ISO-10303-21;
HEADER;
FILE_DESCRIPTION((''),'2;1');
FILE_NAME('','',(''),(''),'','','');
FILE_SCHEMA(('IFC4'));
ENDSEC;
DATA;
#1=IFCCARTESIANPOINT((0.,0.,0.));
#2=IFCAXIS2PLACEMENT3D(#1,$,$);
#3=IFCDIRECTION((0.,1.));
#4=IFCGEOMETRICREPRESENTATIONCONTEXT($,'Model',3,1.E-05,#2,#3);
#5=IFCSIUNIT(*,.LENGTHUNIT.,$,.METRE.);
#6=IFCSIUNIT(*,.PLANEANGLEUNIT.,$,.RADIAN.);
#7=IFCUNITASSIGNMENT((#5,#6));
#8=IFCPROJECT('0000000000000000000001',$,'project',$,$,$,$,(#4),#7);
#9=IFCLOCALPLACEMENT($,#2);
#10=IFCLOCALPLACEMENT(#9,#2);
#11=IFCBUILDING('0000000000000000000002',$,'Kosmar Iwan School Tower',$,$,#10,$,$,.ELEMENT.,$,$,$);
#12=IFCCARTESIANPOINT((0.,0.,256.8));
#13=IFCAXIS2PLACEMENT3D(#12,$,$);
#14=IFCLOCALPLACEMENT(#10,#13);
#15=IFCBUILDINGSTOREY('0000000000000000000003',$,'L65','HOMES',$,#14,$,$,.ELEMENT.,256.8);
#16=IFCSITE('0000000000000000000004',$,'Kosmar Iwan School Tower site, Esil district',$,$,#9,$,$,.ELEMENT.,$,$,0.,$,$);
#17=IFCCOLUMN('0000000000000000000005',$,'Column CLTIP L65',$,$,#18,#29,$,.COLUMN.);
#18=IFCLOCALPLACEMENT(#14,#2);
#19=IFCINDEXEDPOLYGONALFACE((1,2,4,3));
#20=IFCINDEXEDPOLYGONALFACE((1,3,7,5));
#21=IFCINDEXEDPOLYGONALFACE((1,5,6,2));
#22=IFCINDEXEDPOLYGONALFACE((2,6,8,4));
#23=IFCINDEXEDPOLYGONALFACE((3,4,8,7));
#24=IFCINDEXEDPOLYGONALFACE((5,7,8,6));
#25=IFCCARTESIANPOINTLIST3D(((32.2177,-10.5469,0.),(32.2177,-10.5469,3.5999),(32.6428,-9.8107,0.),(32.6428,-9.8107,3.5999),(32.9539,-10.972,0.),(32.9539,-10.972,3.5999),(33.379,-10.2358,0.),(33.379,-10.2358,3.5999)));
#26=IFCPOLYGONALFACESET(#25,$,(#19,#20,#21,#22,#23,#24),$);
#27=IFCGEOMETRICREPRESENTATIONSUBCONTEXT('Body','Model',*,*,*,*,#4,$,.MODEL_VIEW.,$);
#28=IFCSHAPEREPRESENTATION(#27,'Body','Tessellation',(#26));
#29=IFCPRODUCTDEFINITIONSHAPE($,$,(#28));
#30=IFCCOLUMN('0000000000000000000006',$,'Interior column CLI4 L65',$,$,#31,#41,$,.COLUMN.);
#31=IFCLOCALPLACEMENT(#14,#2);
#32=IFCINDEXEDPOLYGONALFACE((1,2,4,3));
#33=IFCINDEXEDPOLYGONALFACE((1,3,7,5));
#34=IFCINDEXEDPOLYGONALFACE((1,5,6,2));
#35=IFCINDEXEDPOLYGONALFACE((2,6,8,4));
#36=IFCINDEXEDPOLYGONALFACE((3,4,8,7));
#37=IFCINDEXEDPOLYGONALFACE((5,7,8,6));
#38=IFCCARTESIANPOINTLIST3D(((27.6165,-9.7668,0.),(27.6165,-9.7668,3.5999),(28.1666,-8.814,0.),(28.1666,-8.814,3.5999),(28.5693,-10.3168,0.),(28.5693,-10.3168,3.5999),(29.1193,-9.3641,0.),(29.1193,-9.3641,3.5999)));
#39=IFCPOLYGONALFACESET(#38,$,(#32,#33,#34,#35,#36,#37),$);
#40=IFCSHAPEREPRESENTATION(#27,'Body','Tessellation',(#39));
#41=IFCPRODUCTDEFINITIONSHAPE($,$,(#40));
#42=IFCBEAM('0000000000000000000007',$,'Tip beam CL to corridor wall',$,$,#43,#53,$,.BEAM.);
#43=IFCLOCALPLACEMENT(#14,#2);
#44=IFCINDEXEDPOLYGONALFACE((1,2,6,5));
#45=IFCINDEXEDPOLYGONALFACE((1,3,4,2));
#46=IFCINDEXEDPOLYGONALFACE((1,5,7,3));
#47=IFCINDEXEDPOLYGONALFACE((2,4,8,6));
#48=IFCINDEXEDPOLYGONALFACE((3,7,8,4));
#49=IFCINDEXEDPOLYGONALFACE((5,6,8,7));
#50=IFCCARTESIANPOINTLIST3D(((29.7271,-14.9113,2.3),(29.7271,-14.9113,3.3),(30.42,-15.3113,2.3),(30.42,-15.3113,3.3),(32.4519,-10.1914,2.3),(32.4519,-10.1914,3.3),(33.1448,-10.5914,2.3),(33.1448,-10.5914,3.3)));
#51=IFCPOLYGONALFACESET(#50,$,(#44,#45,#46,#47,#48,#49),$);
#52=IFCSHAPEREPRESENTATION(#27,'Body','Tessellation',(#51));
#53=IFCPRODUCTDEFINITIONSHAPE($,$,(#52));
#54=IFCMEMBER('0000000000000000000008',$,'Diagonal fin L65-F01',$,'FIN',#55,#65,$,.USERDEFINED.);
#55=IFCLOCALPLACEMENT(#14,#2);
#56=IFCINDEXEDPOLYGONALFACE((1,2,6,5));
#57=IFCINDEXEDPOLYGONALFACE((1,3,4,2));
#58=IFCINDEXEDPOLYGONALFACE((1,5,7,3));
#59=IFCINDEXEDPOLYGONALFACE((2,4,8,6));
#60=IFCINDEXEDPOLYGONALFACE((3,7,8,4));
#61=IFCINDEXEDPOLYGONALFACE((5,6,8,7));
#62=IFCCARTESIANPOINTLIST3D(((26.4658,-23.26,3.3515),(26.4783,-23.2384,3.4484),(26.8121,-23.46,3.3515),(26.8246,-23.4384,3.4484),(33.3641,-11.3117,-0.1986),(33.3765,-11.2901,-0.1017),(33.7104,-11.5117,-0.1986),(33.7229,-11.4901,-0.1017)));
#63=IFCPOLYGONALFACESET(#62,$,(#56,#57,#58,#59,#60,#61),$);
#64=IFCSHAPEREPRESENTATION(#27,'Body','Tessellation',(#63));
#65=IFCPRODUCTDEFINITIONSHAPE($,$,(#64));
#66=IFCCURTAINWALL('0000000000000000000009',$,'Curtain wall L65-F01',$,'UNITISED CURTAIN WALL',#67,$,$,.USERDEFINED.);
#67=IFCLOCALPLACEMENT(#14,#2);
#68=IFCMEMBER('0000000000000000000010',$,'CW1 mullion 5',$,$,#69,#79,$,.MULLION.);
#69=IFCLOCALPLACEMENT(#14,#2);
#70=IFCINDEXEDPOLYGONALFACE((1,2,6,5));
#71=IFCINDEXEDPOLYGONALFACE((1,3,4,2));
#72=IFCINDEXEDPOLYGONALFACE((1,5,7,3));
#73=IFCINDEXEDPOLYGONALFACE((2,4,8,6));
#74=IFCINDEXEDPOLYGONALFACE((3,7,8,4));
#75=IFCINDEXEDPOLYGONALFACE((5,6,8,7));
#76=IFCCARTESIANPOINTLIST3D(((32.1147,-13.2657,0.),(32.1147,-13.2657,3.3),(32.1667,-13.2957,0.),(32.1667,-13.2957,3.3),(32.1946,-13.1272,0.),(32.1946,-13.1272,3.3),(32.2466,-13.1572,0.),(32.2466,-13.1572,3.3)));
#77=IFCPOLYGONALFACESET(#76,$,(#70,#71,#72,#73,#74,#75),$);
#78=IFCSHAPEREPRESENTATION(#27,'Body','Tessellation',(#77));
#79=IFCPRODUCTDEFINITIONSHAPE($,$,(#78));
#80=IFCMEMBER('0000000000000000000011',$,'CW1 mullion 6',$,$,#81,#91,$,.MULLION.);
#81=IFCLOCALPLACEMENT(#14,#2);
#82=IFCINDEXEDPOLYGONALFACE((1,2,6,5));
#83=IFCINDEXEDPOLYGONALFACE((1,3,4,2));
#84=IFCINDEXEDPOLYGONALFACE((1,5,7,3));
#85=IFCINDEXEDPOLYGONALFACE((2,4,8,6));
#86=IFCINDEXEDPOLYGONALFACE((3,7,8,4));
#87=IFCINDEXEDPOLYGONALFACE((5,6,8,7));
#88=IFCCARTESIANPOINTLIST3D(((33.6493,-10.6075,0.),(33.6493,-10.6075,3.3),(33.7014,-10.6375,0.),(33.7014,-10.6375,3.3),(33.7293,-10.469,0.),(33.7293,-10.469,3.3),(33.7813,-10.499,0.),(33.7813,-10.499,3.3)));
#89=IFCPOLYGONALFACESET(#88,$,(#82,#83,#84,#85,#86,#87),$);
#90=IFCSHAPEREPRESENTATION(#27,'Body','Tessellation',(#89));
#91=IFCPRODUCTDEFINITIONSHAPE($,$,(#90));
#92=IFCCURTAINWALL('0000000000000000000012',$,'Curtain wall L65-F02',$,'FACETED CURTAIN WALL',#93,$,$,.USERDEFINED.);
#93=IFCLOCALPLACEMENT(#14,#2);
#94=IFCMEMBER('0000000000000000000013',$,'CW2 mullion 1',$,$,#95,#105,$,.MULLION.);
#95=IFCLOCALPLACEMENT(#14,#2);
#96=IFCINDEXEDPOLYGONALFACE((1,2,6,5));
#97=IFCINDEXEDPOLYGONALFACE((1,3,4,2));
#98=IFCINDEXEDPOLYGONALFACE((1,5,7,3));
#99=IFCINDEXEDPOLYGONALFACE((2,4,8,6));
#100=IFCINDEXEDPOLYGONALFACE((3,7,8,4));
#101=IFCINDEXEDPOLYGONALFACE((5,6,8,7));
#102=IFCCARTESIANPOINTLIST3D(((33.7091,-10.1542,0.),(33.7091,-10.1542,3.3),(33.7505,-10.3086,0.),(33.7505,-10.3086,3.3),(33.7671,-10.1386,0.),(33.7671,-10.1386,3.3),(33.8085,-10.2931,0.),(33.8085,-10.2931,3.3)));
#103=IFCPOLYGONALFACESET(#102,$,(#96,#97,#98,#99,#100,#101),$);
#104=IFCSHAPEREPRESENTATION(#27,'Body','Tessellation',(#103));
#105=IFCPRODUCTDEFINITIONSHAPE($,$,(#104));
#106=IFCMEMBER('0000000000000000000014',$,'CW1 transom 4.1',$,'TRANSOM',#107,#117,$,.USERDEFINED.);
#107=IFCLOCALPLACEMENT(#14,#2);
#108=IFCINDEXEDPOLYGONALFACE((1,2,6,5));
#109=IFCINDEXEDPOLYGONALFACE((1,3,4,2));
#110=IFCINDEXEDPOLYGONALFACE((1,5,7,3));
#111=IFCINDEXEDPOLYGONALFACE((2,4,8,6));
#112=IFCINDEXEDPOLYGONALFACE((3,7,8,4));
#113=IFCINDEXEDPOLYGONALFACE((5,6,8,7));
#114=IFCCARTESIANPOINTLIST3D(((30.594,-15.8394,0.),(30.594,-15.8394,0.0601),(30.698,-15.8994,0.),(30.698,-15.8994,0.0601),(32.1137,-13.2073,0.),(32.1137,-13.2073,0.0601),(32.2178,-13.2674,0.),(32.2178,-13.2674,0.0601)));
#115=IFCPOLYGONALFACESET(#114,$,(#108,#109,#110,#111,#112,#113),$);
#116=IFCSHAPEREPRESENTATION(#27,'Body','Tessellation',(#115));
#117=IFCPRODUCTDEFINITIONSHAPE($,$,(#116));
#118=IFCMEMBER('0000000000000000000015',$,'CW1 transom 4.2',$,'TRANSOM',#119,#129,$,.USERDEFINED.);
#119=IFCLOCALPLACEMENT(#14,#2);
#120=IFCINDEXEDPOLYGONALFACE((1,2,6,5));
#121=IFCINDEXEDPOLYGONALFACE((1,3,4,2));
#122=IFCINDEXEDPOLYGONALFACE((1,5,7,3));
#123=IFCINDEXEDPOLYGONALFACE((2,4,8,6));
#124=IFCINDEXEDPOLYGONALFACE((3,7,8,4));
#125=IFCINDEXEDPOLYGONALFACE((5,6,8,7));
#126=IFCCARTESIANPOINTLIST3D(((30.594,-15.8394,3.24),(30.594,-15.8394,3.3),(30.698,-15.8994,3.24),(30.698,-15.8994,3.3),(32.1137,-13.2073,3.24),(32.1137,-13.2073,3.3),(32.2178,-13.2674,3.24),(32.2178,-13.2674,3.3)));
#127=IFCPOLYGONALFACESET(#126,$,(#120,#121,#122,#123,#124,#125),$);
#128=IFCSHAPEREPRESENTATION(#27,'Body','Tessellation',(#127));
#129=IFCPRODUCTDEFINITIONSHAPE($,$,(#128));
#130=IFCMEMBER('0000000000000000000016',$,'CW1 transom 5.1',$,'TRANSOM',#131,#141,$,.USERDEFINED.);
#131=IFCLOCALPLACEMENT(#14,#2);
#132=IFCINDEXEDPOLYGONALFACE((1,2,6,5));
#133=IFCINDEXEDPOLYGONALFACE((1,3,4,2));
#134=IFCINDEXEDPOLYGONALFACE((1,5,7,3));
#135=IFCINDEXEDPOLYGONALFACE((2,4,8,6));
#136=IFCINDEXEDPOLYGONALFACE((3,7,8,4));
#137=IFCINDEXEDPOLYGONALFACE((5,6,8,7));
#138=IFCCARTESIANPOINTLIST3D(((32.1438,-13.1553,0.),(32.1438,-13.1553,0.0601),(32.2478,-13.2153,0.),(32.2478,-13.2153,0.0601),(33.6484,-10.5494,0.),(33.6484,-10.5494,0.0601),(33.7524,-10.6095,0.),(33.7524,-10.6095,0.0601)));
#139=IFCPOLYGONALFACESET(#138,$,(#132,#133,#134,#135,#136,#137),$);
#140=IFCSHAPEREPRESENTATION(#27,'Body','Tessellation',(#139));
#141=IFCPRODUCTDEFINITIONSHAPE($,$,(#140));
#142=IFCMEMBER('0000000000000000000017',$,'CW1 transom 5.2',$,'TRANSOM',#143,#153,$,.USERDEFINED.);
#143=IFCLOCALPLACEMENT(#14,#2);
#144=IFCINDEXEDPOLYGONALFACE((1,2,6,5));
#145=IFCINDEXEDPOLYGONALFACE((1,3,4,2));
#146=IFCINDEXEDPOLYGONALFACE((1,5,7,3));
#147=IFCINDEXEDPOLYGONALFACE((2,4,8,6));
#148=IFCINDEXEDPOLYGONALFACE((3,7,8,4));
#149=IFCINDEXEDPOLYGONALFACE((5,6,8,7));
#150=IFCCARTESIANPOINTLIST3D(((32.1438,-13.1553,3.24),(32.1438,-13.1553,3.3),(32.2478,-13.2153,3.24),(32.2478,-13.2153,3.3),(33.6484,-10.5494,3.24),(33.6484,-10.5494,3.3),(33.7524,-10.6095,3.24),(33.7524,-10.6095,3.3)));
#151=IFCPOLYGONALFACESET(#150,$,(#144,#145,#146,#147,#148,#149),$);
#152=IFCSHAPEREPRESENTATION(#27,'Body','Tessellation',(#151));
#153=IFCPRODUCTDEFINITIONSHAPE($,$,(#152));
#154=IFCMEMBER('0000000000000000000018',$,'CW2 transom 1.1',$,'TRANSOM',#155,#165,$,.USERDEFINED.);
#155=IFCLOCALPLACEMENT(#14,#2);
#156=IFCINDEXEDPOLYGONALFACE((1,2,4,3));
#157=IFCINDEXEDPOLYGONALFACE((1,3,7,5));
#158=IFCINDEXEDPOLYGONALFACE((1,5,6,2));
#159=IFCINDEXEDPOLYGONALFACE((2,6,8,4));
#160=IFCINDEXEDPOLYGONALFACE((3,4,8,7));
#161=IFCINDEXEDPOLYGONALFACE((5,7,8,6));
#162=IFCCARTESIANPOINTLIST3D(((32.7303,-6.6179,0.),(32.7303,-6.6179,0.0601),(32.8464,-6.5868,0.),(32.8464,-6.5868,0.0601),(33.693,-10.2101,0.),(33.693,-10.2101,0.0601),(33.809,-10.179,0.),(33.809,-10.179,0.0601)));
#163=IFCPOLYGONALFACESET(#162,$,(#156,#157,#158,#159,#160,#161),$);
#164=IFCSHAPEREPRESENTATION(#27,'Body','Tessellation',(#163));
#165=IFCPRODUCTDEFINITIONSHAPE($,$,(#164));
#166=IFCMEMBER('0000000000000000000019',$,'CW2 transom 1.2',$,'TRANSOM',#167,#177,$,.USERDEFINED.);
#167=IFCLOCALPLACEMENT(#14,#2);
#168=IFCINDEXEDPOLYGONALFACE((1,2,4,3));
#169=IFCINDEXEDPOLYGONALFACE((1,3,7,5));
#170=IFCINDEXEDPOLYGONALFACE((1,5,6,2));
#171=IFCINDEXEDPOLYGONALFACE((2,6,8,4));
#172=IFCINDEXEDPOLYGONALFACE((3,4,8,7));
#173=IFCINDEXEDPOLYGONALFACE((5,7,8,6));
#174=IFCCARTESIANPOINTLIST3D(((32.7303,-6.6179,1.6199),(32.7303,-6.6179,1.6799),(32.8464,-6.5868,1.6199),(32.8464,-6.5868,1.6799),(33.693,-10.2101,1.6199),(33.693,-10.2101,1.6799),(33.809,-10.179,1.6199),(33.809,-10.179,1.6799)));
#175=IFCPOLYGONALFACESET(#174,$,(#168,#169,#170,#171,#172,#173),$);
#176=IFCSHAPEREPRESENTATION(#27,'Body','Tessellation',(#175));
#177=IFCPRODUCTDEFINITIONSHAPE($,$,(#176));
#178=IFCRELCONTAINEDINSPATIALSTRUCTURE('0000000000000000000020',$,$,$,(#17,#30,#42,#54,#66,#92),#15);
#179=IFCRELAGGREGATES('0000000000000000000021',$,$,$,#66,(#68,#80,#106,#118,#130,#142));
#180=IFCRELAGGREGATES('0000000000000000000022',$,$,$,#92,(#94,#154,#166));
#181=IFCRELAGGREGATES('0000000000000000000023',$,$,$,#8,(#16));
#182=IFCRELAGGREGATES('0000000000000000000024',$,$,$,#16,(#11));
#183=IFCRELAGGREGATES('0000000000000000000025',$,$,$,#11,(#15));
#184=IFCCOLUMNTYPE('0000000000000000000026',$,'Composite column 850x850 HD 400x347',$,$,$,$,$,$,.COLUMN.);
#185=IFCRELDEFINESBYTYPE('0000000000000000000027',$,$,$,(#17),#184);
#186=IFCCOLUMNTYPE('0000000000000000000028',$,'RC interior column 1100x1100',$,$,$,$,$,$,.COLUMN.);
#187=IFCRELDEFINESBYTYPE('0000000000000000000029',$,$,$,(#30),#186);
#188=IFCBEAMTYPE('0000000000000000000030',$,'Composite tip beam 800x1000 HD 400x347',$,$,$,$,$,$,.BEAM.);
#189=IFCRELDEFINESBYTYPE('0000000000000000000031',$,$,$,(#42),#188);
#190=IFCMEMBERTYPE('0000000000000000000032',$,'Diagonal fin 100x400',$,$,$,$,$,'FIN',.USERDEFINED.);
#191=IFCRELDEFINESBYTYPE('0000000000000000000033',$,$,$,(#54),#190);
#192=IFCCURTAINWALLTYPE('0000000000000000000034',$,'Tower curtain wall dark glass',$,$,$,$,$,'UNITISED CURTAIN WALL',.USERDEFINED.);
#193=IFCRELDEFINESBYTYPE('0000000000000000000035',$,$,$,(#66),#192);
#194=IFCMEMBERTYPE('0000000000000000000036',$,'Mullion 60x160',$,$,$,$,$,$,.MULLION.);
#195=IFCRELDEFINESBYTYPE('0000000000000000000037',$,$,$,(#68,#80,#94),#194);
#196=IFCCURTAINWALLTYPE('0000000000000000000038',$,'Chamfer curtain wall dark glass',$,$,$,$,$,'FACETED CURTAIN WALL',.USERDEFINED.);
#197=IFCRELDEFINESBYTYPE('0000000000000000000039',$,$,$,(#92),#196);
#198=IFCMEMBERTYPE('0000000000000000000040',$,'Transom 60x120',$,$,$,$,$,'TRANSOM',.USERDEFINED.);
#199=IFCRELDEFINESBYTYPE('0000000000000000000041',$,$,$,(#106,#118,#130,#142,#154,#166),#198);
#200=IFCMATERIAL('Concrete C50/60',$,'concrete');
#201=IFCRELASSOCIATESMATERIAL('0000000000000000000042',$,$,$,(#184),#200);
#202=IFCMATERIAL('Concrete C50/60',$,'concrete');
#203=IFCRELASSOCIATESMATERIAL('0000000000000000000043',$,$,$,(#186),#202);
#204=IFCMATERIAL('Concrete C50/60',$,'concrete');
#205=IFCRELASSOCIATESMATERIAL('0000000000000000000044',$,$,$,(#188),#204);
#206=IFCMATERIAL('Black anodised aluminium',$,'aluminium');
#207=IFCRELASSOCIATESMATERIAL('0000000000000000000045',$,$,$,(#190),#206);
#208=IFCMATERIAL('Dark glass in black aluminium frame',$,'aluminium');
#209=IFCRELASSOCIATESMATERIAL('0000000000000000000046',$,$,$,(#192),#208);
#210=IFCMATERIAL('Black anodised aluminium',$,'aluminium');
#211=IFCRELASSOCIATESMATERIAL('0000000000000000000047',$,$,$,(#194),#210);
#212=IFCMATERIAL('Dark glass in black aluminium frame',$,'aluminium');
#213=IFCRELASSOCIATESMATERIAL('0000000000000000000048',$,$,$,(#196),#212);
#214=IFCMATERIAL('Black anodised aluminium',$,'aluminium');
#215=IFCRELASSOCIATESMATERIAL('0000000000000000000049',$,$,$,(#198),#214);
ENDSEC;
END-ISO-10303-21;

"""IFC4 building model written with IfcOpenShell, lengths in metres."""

from ifc_helpers import new_model, si_unit, direction, frame, origin, origin_2d, place, context, subcontext, project, spatial, rectangle, extrude, material, material_profile, profile_set, type_object, element, aggregate, save


model = new_model("IFC4")

# Units and contexts
model_context = context("Model", 3, precision=1e-05, world=origin(), true_north=direction((0.0, 1.0)))
body_context = subcontext(model_context, "Body", "Model", "MODEL_VIEW")
ifc_project = project(units=[si_unit("LENGTHUNIT", "METRE"), si_unit("PLANEANGLEUNIT", "RADIAN")], contexts=[model_context])

# Site, building, storey
site_placement = place(None, origin())
site = spatial("IfcSite", under=ifc_project, at=site_placement, Name="Kosmar Iwan School Tower site, Esil district", CompositionType="ELEMENT", RefElevation=0.0)
building_placement = place(site_placement, origin())
building = spatial("IfcBuilding", under=site, at=building_placement, Name="Kosmar Iwan School Tower", CompositionType="ELEMENT")
storey_placement = place(building_placement, frame((0.0, 0.0, 256.8)))
storey = spatial("IfcBuildingStorey", under=building, at=storey_placement, Name="L65", Description="HOMES", CompositionType="ELEMENT", Elevation=256.8)

# Columns
ifc_material_1 = material(Name="Concrete C50/60", Category="concrete")
ifc_material_profile_1 = material_profile(ifc_material_1, rectangle(XDim=0.8501, YDim=0.8501, at=origin_2d()), Name="RC 850x850 + HD 400x347")
ifc_profile_set_1 = profile_set([ifc_material_profile_1], Name="Concrete C50/60")
column_type_1 = type_object("IfcColumnType", Name="Composite column 850x850 HD 400x347", PredefinedType="COLUMN", material=ifc_profile_set_1)
column_1_placement = place(storey_placement, frame((32.7983, -10.3914, 0.0), z_axis=(0.0, 0.0, 1.0), x_axis=(0.866025, -0.5, 0.0)))
element("IfcColumn", 1, at=column_1_placement, inside=storey, type_object=column_type_1, Name="Column CLTIP L65", PredefinedType="COLUMN", context=body_context, shape_type="SweptSolid", body=[
    extrude(rectangle(XDim=0.8501, YDim=0.8501, at=origin_2d()), origin(), (0.0, 0.0, 1.0), 3.5999),
])
ifc_material_2 = material(Name="Concrete C50/60", Category="concrete")
ifc_material_profile_2 = material_profile(ifc_material_2, rectangle(XDim=1.1001, YDim=1.1001, at=origin_2d()), Name="RC 1100x1100")
ifc_profile_set_2 = profile_set([ifc_material_profile_2], Name="Concrete C50/60")
column_type_2 = type_object("IfcColumnType", Name="RC interior column 1100x1100", PredefinedType="COLUMN", material=ifc_profile_set_2)
column_2_placement = place(storey_placement, frame((28.3679, -9.5654, 0.0), z_axis=(0.0, 0.0, 1.0), x_axis=(0.866025, -0.5, 0.0)))
element("IfcColumn", 2, at=column_2_placement, inside=storey, type_object=column_type_2, Name="Interior column CLI4 L65", PredefinedType="COLUMN", context=body_context, shape_type="SweptSolid", body=[
    extrude(rectangle(XDim=1.1001, YDim=1.1001, at=origin_2d()), origin(), (0.0, 0.0, 1.0), 3.5999),
])

# Beam
ifc_material_3 = material(Name="Concrete C50/60", Category="concrete")
ifc_material_profile_3 = material_profile(ifc_material_3, rectangle(XDim=0.8, YDim=1.0, at=origin_2d()), Name="RC 800x1000 + HD 400x347")
ifc_profile_set_3 = profile_set([ifc_material_profile_3], Name="Concrete C50/60")
beam_type = type_object("IfcBeamType", Name="Composite tip beam 800x1000 HD 400x347", PredefinedType="BEAM", material=ifc_profile_set_3)
beam_placement = place(storey_placement, frame((32.7983, -10.3914, 2.8), z_axis=(-0.499969, -0.866043, 0.0), x_axis=(0.866043, -0.499969, 0.0)))
element("IfcBeam", 3, at=beam_placement, inside=storey, type_object=beam_type, Name="Tip beam CL to corridor wall", PredefinedType="BEAM", context=body_context, shape_type="SweptSolid", body=[
    extrude(rectangle(XDim=0.8, YDim=1.0, at=origin_2d()), origin(), (0.0, 0.0, 1.0), 5.45),
])

# Member
ifc_material_4 = material(Name="Black anodised aluminium", Category="aluminium")
ifc_material_profile_4 = material_profile(ifc_material_4, rectangle(XDim=0.1001, YDim=0.3999, at=origin_2d()), Name="FIN 100x400")
ifc_profile_set_4 = profile_set([ifc_material_profile_4], Name="Black anodised aluminium")
member_type_1 = type_object("IfcMemberType", Name="Diagonal fin 100x400", ElementType="FIN", PredefinedType="USERDEFINED", material=ifc_profile_set_4)
member_1_placement = place(storey_placement, frame((33.5435, -11.4009, -0.1501), z_axis=(-0.48422, -0.838709, 0.249196), x_axis=(0.124596, 0.215811, 0.968453)))
element("IfcMember", 4, at=member_1_placement, inside=storey, type_object=member_type_1, Name="Diagonal fin L65-F01", ObjectType="FIN", PredefinedType="USERDEFINED", context=body_context, shape_type="SweptSolid", body=[
    extrude(rectangle(XDim=0.1001, YDim=0.3999, at=origin_2d()), origin(), (0.0, 0.0, 1.0), 14.2461),
])

# Curtain wall, members
ifc_material_5 = material(Name="Dark glass in black aluminium frame", Category="aluminium")
curtain_wall_type_1 = type_object("IfcCurtainWallType", Name="Tower curtain wall dark glass", ElementType="UNITISED CURTAIN WALL", PredefinedType="USERDEFINED", material=ifc_material_5)
curtain_wall_1_placement = place(storey_placement, origin())
curtain_wall_1 = element("IfcCurtainWall", 5, at=curtain_wall_1_placement, inside=storey, type_object=curtain_wall_type_1, Name="Curtain wall L65-F01", ObjectType="UNITISED CURTAIN WALL", PredefinedType="USERDEFINED")
ifc_material_6 = material(Name="Black anodised aluminium", Category="aluminium")
ifc_material_profile_5 = material_profile(ifc_material_6, rectangle(XDim=0.0601, YDim=0.1599, at=origin_2d()), Name="MULLION 60x160")
ifc_profile_set_5 = profile_set([ifc_material_profile_5], Name="Black anodised aluminium")
member_type_2 = type_object("IfcMemberType", Name="Mullion 60x160", PredefinedType="MULLION", material=ifc_profile_set_5)
member_2_placement = place(storey_placement, frame((32.1807, -13.2114, 0.0), z_axis=(0.0, 0.0, 1.0), x_axis=(-0.866025, 0.5, 0.0)))
member_2 = element("IfcMember", 6, at=member_2_placement, type_object=member_type_2, Name="CW1 mullion 5", PredefinedType="MULLION", context=body_context, shape_type="SweptSolid", body=[
    extrude(rectangle(XDim=0.0601, YDim=0.1599, at=origin_2d()), origin(), (0.0, 0.0, 1.0), 3.3),
])
member_3_placement = place(storey_placement, frame((33.7153, -10.5532, 0.0), z_axis=(0.0, 0.0, 1.0), x_axis=(-0.866025, 0.5, 0.0)))
member_3 = element("IfcMember", 7, at=member_3_placement, type_object=member_type_2, Name="CW1 mullion 6", PredefinedType="MULLION", context=body_context, shape_type="SweptSolid", body=[
    extrude(rectangle(XDim=0.0601, YDim=0.1599, at=origin_2d()), origin(), (0.0, 0.0, 1.0), 3.3),
])

# Curtain wall, member
ifc_material_7 = material(Name="Dark glass in black aluminium frame", Category="aluminium")
curtain_wall_type_2 = type_object("IfcCurtainWallType", Name="Chamfer curtain wall dark glass", ElementType="FACETED CURTAIN WALL", PredefinedType="USERDEFINED", material=ifc_material_7)
curtain_wall_2_placement = place(storey_placement, origin())
curtain_wall_2 = element("IfcCurtainWall", 8, at=curtain_wall_2_placement, inside=storey, type_object=curtain_wall_type_2, Name="Curtain wall L65-F02", ObjectType="FACETED CURTAIN WALL", PredefinedType="USERDEFINED")
member_4_placement = place(storey_placement, frame((33.7588, -10.2236, 0.0), z_axis=(0.0, 0.0, 1.0), x_axis=(-0.965926, -0.258819, 0.0)))
member_4 = element("IfcMember", 9, at=member_4_placement, type_object=member_type_2, Name="CW2 mullion 1", PredefinedType="MULLION", context=body_context, shape_type="SweptSolid", body=[
    extrude(rectangle(XDim=0.0601, YDim=0.1599, at=origin_2d()), origin(), (0.0, 0.0, 1.0), 3.3),
])

# Members
ifc_material_8 = material(Name="Black anodised aluminium", Category="aluminium")
ifc_material_profile_6 = material_profile(ifc_material_8, rectangle(XDim=0.1201, YDim=0.0601, at=origin_2d()), Name="TRANSOM 60x120")
ifc_profile_set_6 = profile_set([ifc_material_profile_6], Name="Black anodised aluminium")
member_type_3 = type_object("IfcMemberType", Name="Transom 60x120", ElementType="TRANSOM", PredefinedType="USERDEFINED", material=ifc_profile_set_6)
member_5_placement = place(storey_placement, frame((30.646, -15.8694, 0.03), z_axis=(0.500035, 0.866005, 0.0), x_axis=(-0.866005, 0.500035, 0.0)))
member_5 = element("IfcMember", 10, at=member_5_placement, type_object=member_type_3, Name="CW1 transom 4.1", ObjectType="TRANSOM", PredefinedType="USERDEFINED", context=body_context, shape_type="SweptSolid", body=[
    extrude(rectangle(XDim=0.1201, YDim=0.0601, at=origin_2d()), origin(), (0.0, 0.0, 1.0), 3.0393),
])
member_6_placement = place(storey_placement, frame((30.646, -15.8694, 3.27), z_axis=(0.500035, 0.866005, 0.0), x_axis=(-0.866005, 0.500035, 0.0)))
member_6 = element("IfcMember", 11, at=member_6_placement, type_object=member_type_3, Name="CW1 transom 4.2", ObjectType="TRANSOM", PredefinedType="USERDEFINED", context=body_context, shape_type="SweptSolid", body=[
    extrude(rectangle(XDim=0.1201, YDim=0.0601, at=origin_2d()), origin(), (0.0, 0.0, 1.0), 3.0393),
])
member_7_placement = place(storey_placement, frame((32.1958, -13.1853, 0.03), z_axis=(0.500022, 0.866013, 0.0), x_axis=(-0.866013, 0.500022, 0.0)))
member_7 = element("IfcMember", 12, at=member_7_placement, type_object=member_type_3, Name="CW1 transom 5.1", ObjectType="TRANSOM", PredefinedType="USERDEFINED", context=body_context, shape_type="SweptSolid", body=[
    extrude(rectangle(XDim=0.1201, YDim=0.0601, at=origin_2d()), origin(), (0.0, 0.0, 1.0), 3.009),
])
member_8_placement = place(storey_placement, frame((32.1958, -13.1853, 3.27), z_axis=(0.500022, 0.866013, 0.0), x_axis=(-0.866013, 0.500022, 0.0)))
member_8 = element("IfcMember", 13, at=member_8_placement, type_object=member_type_3, Name="CW1 transom 5.2", ObjectType="TRANSOM", PredefinedType="USERDEFINED", context=body_context, shape_type="SweptSolid", body=[
    extrude(rectangle(XDim=0.1201, YDim=0.0601, at=origin_2d()), origin(), (0.0, 0.0, 1.0), 3.009),
])
member_9_placement = place(storey_placement, frame((33.751, -10.1946, 0.03), z_axis=(-0.258843, 0.965919, 0.0), x_axis=(-0.965919, -0.258843, 0.0)))
member_9 = element("IfcMember", 14, at=member_9_placement, type_object=member_type_3, Name="CW2 transom 1.1", ObjectType="TRANSOM", PredefinedType="USERDEFINED", context=body_context, shape_type="SweptSolid", body=[
    extrude(rectangle(XDim=0.1201, YDim=0.0601, at=origin_2d()), origin(), (0.0, 0.0, 1.0), 3.719),
])
member_10_placement = place(storey_placement, frame((33.751, -10.1946, 1.6499), z_axis=(-0.258843, 0.965919, 0.0), x_axis=(-0.965919, -0.258843, 0.0)))
member_10 = element("IfcMember", 15, at=member_10_placement, type_object=member_type_3, Name="CW2 transom 1.2", ObjectType="TRANSOM", PredefinedType="USERDEFINED", context=body_context, shape_type="SweptSolid", body=[
    extrude(rectangle(XDim=0.1201, YDim=0.0601, at=origin_2d()), origin(), (0.0, 0.0, 1.0), 3.719),
])

aggregate(curtain_wall_1, [member_2, member_3, member_5, member_6, member_7, member_8])
aggregate(curtain_wall_2, [member_4, member_9, member_10])

save(model, "model.ifc")
